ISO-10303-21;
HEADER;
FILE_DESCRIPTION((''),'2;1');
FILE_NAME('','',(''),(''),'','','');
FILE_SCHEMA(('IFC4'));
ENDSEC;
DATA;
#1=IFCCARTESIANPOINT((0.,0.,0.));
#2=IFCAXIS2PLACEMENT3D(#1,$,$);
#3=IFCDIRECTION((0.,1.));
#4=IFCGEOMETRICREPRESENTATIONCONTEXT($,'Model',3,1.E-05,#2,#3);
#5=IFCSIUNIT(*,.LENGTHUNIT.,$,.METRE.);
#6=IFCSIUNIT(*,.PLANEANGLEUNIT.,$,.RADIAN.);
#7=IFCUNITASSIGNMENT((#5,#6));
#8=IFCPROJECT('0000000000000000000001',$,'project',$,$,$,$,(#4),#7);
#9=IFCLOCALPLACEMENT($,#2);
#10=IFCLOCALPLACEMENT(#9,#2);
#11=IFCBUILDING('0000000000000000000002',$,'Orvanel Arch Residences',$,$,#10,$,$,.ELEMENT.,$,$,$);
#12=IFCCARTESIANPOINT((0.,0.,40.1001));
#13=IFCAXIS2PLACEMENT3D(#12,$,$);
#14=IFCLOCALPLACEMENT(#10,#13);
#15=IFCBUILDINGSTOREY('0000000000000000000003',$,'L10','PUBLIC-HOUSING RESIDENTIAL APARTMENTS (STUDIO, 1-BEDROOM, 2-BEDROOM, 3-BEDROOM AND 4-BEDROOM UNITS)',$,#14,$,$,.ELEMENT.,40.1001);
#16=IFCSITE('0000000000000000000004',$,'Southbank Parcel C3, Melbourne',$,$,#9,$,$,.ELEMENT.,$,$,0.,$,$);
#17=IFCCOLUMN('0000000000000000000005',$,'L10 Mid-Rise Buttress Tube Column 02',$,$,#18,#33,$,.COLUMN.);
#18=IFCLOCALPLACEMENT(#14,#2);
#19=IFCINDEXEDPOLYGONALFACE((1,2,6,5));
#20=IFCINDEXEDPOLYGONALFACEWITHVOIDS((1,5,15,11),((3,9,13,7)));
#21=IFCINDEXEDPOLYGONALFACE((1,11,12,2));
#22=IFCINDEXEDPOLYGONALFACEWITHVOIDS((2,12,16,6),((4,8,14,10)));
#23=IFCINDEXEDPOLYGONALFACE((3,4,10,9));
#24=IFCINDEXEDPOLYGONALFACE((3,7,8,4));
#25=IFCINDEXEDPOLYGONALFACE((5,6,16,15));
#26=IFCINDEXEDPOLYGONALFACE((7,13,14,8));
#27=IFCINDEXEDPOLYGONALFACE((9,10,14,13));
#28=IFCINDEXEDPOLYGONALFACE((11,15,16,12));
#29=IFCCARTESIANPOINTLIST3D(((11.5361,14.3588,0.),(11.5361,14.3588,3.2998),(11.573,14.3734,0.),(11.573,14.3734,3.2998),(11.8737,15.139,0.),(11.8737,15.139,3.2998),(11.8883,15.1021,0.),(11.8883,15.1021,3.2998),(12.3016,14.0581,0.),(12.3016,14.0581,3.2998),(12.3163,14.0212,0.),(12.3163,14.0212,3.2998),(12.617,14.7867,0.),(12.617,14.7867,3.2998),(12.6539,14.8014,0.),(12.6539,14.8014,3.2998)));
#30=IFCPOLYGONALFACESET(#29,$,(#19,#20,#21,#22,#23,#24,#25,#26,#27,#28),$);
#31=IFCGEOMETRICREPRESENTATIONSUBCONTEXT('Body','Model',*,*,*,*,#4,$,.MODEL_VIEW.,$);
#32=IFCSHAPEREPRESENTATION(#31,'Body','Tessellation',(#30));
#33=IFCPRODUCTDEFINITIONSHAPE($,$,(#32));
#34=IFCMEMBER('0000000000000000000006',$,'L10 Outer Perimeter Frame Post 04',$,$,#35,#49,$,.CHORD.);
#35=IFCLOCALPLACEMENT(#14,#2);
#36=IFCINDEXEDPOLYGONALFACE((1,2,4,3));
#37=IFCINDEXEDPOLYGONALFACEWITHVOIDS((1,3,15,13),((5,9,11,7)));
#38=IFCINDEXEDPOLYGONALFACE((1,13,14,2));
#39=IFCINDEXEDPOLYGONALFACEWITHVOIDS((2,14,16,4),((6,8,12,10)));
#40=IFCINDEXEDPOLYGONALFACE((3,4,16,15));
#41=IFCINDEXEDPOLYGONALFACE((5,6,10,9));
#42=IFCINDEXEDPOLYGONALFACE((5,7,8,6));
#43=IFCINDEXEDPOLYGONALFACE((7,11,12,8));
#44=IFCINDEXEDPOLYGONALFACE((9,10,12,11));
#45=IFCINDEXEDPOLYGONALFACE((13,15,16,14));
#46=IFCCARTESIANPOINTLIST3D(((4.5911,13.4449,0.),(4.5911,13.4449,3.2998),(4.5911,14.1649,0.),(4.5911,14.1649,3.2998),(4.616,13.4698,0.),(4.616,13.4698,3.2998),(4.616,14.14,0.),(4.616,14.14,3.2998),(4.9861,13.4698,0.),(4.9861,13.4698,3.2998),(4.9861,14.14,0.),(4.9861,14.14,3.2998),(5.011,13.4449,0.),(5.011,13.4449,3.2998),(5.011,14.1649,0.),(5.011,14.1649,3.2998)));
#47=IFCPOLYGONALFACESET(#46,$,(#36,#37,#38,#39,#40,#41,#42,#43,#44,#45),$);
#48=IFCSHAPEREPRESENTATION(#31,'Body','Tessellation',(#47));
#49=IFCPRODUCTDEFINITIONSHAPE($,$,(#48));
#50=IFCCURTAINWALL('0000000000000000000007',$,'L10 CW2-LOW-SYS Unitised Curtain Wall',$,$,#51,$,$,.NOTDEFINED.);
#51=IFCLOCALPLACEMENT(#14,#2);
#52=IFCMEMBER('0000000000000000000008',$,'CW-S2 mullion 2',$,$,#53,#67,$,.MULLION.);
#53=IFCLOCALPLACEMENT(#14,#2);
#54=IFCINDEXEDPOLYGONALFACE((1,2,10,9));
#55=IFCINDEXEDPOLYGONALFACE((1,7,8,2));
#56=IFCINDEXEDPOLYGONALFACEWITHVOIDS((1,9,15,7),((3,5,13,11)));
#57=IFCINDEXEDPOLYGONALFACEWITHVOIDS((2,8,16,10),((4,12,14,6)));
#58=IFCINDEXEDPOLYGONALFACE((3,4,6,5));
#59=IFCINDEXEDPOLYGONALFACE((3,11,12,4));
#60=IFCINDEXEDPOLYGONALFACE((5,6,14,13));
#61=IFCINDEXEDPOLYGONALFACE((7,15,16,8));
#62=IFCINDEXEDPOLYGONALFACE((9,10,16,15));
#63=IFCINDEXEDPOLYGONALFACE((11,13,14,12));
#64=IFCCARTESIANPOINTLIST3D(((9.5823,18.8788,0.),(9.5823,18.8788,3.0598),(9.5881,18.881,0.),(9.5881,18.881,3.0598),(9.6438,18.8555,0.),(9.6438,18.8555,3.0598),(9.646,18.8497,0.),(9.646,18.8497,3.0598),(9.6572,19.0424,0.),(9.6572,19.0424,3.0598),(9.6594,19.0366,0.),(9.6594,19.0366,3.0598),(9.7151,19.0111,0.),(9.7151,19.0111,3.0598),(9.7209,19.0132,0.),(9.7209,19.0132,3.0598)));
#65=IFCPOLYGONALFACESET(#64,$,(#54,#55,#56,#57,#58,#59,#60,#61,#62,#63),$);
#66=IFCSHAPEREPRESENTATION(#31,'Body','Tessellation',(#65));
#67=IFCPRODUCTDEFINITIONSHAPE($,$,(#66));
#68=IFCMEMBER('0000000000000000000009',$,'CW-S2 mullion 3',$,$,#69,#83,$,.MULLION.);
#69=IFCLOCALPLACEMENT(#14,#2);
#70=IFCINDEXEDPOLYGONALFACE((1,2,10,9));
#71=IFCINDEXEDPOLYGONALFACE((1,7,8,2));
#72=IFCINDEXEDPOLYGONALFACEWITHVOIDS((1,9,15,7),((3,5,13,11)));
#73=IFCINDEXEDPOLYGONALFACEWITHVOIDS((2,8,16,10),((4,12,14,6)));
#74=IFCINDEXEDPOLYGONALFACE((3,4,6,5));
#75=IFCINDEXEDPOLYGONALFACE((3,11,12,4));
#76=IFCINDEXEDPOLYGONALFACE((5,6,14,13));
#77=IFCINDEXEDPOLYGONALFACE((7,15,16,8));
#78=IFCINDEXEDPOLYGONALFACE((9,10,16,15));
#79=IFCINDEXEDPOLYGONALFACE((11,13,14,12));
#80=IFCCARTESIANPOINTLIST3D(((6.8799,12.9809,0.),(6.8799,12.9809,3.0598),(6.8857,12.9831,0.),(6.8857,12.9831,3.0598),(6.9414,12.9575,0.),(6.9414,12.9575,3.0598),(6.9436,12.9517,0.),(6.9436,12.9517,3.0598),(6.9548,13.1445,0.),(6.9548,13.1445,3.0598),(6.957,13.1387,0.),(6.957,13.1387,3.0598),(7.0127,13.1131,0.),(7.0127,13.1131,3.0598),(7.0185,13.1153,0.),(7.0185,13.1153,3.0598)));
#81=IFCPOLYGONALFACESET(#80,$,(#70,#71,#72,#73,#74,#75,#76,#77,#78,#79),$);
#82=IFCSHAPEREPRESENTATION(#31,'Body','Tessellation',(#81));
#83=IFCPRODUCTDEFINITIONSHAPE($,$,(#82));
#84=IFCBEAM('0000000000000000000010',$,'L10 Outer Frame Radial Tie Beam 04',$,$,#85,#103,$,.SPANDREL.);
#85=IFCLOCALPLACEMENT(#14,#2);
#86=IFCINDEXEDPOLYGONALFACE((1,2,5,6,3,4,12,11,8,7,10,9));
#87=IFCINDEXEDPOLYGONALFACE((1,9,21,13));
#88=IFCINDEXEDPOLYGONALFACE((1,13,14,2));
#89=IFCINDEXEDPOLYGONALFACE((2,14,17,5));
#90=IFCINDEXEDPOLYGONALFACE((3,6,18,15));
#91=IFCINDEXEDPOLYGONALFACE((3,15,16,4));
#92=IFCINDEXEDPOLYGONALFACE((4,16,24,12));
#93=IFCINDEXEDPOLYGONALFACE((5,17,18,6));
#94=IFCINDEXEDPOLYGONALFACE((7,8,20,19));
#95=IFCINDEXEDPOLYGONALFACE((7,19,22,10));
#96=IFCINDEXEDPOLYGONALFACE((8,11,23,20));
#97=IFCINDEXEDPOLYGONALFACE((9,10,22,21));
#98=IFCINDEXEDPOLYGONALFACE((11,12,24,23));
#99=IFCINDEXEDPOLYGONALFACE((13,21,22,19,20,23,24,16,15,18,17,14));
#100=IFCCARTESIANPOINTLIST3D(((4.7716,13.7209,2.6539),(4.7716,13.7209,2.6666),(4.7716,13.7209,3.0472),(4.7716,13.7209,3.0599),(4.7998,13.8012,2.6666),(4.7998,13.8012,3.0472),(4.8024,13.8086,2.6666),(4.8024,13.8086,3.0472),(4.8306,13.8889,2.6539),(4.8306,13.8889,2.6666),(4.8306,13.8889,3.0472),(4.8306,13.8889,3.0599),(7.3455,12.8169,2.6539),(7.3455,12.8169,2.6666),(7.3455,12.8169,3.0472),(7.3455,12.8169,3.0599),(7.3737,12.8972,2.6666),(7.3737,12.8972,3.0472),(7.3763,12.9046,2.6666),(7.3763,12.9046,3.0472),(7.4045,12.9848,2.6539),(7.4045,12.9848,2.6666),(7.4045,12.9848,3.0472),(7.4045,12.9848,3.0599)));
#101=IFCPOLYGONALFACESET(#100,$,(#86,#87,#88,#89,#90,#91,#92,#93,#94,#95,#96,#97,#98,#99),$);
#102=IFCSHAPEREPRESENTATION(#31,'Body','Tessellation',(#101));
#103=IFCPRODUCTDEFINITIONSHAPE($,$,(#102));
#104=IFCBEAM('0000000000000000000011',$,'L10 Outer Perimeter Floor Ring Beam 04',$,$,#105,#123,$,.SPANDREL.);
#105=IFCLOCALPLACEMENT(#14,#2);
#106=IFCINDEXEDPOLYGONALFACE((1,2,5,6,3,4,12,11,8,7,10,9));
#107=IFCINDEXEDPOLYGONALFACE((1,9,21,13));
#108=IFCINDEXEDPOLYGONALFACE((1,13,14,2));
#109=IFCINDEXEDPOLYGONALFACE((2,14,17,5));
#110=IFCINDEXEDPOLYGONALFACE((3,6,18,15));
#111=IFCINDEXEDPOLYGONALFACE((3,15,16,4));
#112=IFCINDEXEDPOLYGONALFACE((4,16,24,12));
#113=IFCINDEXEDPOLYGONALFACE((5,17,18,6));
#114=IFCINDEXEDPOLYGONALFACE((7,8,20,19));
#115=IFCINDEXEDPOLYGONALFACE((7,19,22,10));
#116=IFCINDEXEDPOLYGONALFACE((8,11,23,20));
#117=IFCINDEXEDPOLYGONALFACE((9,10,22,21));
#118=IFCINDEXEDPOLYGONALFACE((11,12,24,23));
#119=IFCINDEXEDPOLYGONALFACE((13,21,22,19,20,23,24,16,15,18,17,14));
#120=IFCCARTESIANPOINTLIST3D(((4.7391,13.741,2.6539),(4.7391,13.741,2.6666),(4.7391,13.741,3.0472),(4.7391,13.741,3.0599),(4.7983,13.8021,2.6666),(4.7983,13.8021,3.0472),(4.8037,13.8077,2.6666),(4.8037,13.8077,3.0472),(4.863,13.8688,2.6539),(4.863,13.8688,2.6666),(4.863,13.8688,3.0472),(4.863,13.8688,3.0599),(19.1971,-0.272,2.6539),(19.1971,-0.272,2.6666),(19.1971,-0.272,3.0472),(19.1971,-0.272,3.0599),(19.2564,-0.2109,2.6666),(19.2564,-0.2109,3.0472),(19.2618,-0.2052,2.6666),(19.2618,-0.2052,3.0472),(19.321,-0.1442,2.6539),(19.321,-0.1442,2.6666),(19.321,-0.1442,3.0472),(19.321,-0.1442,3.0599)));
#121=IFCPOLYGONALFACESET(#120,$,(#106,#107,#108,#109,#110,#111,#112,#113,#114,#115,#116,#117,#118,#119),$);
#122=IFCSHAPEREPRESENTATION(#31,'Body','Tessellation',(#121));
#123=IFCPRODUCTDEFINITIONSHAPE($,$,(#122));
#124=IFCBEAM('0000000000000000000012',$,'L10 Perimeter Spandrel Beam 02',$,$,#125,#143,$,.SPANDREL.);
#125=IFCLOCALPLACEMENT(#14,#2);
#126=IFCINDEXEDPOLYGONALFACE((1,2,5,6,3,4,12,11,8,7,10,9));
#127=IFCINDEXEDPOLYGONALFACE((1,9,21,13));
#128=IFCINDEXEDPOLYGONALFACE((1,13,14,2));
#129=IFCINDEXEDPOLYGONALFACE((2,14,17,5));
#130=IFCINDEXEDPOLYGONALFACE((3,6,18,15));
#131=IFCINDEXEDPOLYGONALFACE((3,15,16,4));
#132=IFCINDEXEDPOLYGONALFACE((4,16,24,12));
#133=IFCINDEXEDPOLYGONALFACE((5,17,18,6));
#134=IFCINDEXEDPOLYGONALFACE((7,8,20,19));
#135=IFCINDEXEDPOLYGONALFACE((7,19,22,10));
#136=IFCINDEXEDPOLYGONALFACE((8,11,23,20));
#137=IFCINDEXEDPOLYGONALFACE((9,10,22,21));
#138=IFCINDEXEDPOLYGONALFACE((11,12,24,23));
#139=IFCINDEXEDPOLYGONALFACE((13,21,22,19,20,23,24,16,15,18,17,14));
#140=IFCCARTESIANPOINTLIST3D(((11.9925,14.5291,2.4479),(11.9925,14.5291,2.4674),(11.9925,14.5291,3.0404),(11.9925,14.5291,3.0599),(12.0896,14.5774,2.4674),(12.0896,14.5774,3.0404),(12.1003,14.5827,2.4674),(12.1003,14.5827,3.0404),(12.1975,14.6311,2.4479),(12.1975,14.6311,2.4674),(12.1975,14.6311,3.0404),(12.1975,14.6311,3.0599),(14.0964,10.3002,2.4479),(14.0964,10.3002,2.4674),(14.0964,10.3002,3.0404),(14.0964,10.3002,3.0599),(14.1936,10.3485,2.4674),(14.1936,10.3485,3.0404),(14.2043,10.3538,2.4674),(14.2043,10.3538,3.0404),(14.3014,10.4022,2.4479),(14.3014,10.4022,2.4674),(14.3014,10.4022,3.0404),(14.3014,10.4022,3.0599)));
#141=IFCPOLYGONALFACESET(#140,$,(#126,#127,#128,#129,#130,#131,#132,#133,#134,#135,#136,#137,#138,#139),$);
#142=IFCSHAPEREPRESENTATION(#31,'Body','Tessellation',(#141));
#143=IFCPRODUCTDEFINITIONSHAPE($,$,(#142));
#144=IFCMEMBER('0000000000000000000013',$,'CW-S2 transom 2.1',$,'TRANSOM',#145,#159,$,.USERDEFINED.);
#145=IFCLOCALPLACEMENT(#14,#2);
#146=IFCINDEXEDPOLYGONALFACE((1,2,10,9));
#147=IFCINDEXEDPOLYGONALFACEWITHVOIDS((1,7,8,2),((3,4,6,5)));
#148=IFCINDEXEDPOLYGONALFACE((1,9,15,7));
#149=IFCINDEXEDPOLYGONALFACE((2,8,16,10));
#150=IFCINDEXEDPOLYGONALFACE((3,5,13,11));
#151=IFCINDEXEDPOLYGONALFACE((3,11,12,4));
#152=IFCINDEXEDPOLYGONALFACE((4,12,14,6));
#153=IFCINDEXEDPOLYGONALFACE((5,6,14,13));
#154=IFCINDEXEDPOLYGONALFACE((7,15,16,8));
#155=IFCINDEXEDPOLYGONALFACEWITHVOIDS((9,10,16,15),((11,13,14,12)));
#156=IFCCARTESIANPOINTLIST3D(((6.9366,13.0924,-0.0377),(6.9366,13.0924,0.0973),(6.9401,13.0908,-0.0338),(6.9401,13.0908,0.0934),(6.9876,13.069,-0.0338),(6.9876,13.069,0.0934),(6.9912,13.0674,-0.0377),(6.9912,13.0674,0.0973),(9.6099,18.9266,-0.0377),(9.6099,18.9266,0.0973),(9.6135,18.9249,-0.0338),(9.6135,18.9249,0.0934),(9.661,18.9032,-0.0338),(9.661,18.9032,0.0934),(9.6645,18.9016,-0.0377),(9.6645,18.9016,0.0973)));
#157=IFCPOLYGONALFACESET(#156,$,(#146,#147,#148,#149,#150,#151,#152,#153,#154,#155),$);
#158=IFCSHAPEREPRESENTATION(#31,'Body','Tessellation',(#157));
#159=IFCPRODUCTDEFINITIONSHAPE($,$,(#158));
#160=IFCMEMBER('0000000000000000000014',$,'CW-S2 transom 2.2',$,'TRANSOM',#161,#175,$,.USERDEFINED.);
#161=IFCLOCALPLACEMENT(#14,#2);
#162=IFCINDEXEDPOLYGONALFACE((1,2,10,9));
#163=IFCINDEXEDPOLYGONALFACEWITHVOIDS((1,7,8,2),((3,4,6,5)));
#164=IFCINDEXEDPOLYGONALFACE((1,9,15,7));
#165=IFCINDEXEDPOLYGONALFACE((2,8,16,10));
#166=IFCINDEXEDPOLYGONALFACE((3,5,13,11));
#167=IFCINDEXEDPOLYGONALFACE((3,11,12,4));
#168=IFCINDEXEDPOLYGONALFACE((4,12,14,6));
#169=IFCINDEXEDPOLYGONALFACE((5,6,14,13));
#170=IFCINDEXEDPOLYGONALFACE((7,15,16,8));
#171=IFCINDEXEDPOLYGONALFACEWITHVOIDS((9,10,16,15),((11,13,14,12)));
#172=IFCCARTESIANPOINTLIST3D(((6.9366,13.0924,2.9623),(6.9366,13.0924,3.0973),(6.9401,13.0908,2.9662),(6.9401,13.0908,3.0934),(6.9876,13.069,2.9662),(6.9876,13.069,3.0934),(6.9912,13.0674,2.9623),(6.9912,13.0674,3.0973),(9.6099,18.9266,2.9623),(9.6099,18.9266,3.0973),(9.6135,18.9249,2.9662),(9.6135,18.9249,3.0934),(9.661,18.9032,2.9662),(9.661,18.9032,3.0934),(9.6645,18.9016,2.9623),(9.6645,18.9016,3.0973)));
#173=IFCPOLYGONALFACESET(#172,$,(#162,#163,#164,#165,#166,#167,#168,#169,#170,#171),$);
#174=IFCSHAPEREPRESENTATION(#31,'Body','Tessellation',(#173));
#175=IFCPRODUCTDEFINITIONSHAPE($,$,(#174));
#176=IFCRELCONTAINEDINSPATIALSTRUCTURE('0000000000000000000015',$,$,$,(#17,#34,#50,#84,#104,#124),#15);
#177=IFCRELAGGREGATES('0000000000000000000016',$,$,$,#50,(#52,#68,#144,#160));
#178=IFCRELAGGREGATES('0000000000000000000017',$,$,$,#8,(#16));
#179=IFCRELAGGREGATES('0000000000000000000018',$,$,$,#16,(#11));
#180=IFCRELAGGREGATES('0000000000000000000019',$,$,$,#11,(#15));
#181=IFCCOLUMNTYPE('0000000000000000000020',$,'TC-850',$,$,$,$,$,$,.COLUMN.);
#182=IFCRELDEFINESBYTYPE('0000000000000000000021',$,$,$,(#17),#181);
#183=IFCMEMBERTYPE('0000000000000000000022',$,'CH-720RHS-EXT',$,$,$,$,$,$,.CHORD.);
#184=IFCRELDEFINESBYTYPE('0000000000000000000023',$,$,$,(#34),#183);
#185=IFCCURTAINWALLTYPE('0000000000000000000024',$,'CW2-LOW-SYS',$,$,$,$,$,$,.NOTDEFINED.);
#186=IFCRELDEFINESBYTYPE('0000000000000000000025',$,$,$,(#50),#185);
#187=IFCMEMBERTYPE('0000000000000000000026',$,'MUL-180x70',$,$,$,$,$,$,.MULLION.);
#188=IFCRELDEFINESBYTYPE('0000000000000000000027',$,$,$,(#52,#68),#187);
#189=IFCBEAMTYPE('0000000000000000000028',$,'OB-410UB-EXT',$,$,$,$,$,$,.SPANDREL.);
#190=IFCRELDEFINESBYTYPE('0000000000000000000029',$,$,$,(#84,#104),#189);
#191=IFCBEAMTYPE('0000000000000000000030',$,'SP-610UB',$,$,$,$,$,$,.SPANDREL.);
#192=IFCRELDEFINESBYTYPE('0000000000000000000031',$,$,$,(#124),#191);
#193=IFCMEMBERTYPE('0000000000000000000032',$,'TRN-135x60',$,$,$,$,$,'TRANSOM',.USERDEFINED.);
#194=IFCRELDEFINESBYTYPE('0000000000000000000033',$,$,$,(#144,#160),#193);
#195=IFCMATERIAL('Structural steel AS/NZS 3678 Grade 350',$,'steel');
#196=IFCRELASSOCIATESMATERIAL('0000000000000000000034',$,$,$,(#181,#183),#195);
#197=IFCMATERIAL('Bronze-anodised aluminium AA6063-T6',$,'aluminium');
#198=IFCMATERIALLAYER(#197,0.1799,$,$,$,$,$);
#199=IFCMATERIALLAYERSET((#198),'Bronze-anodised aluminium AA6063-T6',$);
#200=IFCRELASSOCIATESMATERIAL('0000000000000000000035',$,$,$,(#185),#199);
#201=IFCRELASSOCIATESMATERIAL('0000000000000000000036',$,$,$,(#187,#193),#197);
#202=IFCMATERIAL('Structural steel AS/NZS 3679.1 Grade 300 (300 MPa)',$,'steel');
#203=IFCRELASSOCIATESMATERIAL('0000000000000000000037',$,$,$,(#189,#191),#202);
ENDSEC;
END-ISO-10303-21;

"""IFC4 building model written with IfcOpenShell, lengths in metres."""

from ifc_helpers import new_model, si_unit, direction, frame, origin, origin_2d, place, context, subcontext, project, spatial, hollow_rectangle, i_section, extrude, material, layer, layer_set, material_profile, profile_set, type_object, element, aggregate, save


model = new_model("IFC4")

# Units and contexts
model_context = context("Model", 3, precision=1e-05, world=origin(), true_north=direction((0.0, 1.0)))
body_context = subcontext(model_context, "Body", "Model", "MODEL_VIEW")
ifc_project = project(units=[si_unit("LENGTHUNIT", "METRE"), si_unit("PLANEANGLEUNIT", "RADIAN")], contexts=[model_context])

# Site, building, storey
site_placement = place(None, origin())
site = spatial("IfcSite", under=ifc_project, at=site_placement, Name="Southbank Parcel C3, Melbourne", CompositionType="ELEMENT", RefElevation=0.0)
building_placement = place(site_placement, origin())
building = spatial("IfcBuilding", under=site, at=building_placement, Name="Orvanel Arch Residences", CompositionType="ELEMENT")
storey_placement = place(building_placement, frame((0.0, 0.0, 40.1001)))
storey = spatial("IfcBuildingStorey", under=building, at=storey_placement, Name="L10", Description="PUBLIC-HOUSING RESIDENTIAL APARTMENTS (STUDIO, 1-BEDROOM, 2-BEDROOM, 3-BEDROOM AND 4-BEDROOM UNITS)", CompositionType="ELEMENT", Elevation=40.1001)

# Column
ifc_material_1 = material(Name="Structural steel AS/NZS 3678 Grade 350", Category="steel")
ifc_material_profile_1 = material_profile(ifc_material_1, hollow_rectangle(XDim=0.8501, YDim=0.8501, WallThickness=0.0281, at=origin_2d()), Name="BOX850x850x28")
ifc_profile_set_1 = profile_set([ifc_material_profile_1], Name="Structural steel AS/NZS 3678 Grade 350")
column_type = type_object("IfcColumnType", Name="TC-850", PredefinedType="COLUMN", material=ifc_profile_set_1)
column_placement = place(storey_placement, frame((12.095, 14.5801, 0.0), z_axis=(0.0, 0.0, 1.0), x_axis=(0.397148, 0.917755, 0.0)))
element("IfcColumn", 1, at=column_placement, inside=storey, type_object=column_type, Name="L10 Mid-Rise Buttress Tube Column 02", PredefinedType="COLUMN", context=body_context, shape_type="SweptSolid", body=[
    extrude(hollow_rectangle(XDim=0.8501, YDim=0.8501, WallThickness=0.0281, at=origin_2d()), origin(), (0.0, 0.0, 1.0), 3.2998),
])

# Member
ifc_material_profile_2 = material_profile(ifc_material_1, hollow_rectangle(XDim=0.4199, YDim=0.72, WallThickness=0.0249, at=origin_2d()), Name="RHS720x420x25")
ifc_profile_set_2 = profile_set([ifc_material_profile_2], Name="Structural steel AS/NZS 3678 Grade 350")
member_type_1 = type_object("IfcMemberType", Name="CH-720RHS-EXT", PredefinedType="CHORD", material=ifc_profile_set_2)
member_1_placement = place(storey_placement, frame((4.801, 13.8049, 0.0), z_axis=(0.0, 0.0, 1.0), x_axis=(1.0, 0.0, 0.0)))
element("IfcMember", 2, at=member_1_placement, inside=storey, type_object=member_type_1, Name="L10 Outer Perimeter Frame Post 04", PredefinedType="CHORD", context=body_context, shape_type="SweptSolid", body=[
    extrude(hollow_rectangle(XDim=0.4199, YDim=0.72, WallThickness=0.0249, at=origin_2d()), origin(), (0.0, 0.0, 1.0), 3.2998),
])

# Curtain wall, members
ifc_material_2 = material(Name="Bronze-anodised aluminium AA6063-T6", Category="aluminium")
ifc_layer_1 = layer(ifc_material_2, 0.1799)
ifc_layer_set_1 = layer_set([ifc_layer_1], Name="Bronze-anodised aluminium AA6063-T6")
curtain_wall_type = type_object("IfcCurtainWallType", Name="CW2-LOW-SYS", PredefinedType="NOTDEFINED", material=ifc_layer_set_1)
curtain_wall_placement = place(storey_placement, origin())
curtain_wall = element("IfcCurtainWall", 3, at=curtain_wall_placement, inside=storey, type_object=curtain_wall_type, Name="L10 CW2-LOW-SYS Unitised Curtain Wall", PredefinedType="NOTDEFINED")
ifc_material_profile_3 = material_profile(ifc_material_2, hollow_rectangle(XDim=0.0701, YDim=0.1799, WallThickness=0.0044, at=origin_2d()), Name="ALU180x70x4.5")
ifc_profile_set_3 = profile_set([ifc_material_profile_3], Name="Bronze-anodised aluminium AA6063-T6")
member_type_2 = type_object("IfcMemberType", Name="MUL-180x70", PredefinedType="MULLION", material=ifc_profile_set_3)
member_2_placement = place(storey_placement, frame((9.6516, 18.946, 0.0), z_axis=(0.0, 0.0, 1.0), x_axis=(0.909118, -0.416538, 0.0)))
member_2 = element("IfcMember", 4, at=member_2_placement, type_object=member_type_2, Name="CW-S2 mullion 2", PredefinedType="MULLION", context=body_context, shape_type="SweptSolid", body=[
    extrude(hollow_rectangle(XDim=0.0701, YDim=0.1799, WallThickness=0.0044, at=origin_2d()), origin(), (0.0, 0.0, 1.0), 3.0598),
])
member_3_placement = place(storey_placement, frame((6.9492, 13.0481, 0.0), z_axis=(0.0, 0.0, 1.0), x_axis=(0.909118, -0.416538, 0.0)))
member_3 = element("IfcMember", 5, at=member_3_placement, type_object=member_type_2, Name="CW-S2 mullion 3", PredefinedType="MULLION", context=body_context, shape_type="SweptSolid", body=[
    extrude(hollow_rectangle(XDim=0.0701, YDim=0.1799, WallThickness=0.0044, at=origin_2d()), origin(), (0.0, 0.0, 1.0), 3.0598),
])

# Beams
ifc_material_3 = material(Name="Structural steel AS/NZS 3679.1 Grade 300 (300 MPa)", Category="steel")
ifc_material_profile_4 = material_profile(ifc_material_3, i_section(OverallWidth=0.178, OverallDepth=0.406, WebThickness=0.0078, FlangeThickness=0.0127, at=origin_2d()), Name="410UB59.7")
ifc_profile_set_4 = profile_set([ifc_material_profile_4], Name="Structural steel AS/NZS 3679.1 Grade 300 (300 MPa)")
beam_type_1 = type_object("IfcBeamType", Name="OB-410UB-EXT", PredefinedType="SPANDREL", material=ifc_profile_set_4)
beam_1_placement = place(storey_placement, frame((7.375, 12.9009, 2.8569), z_axis=(-0.943496, 0.331383, 0.0), x_axis=(-0.331383, -0.943496, 0.0)))
element("IfcBeam", 6, at=beam_1_placement, inside=storey, type_object=beam_type_1, Name="L10 Outer Frame Radial Tie Beam 04", PredefinedType="SPANDREL", context=body_context, shape_type="SweptSolid", body=[
    extrude(i_section(OverallWidth=0.178, OverallDepth=0.406, WebThickness=0.0078, FlangeThickness=0.0127, at=origin_2d()), origin(), (0.0, 0.0, 1.0), 2.728),
])
beam_2_placement = place(storey_placement, frame((4.801, 13.8049, 2.8569), z_axis=(0.718073, -0.695968, 0.0), x_axis=(0.695968, 0.718073, 0.0)))
element("IfcBeam", 7, at=beam_2_placement, inside=storey, type_object=beam_type_1, Name="L10 Outer Perimeter Floor Ring Beam 04", PredefinedType="SPANDREL", context=body_context, shape_type="SweptSolid", body=[
    extrude(i_section(OverallWidth=0.178, OverallDepth=0.406, WebThickness=0.0078, FlangeThickness=0.0127, at=origin_2d()), origin(), (0.0, 0.0, 1.0), 20.1345),
])
ifc_material_profile_5 = material_profile(ifc_material_3, i_section(OverallWidth=0.229, OverallDepth=0.6121, WebThickness=0.012, FlangeThickness=0.0195, at=origin_2d()), Name="610UB125")
ifc_profile_set_5 = profile_set([ifc_material_profile_5], Name="Structural steel AS/NZS 3679.1 Grade 300 (300 MPa)")
beam_type_2 = type_object("IfcBeamType", Name="SP-610UB", PredefinedType="SPANDREL", material=ifc_profile_set_5)
beam_3_placement = place(storey_placement, frame((12.095, 14.5801, 2.7539), z_axis=(0.445435, -0.895314, 0.0), x_axis=(0.895314, 0.445435, 0.0)))
element("IfcBeam", 8, at=beam_3_placement, inside=storey, type_object=beam_type_2, Name="L10 Perimeter Spandrel Beam 02", PredefinedType="SPANDREL", context=body_context, shape_type="SweptSolid", body=[
    extrude(i_section(OverallWidth=0.229, OverallDepth=0.6121, WebThickness=0.012, FlangeThickness=0.0195, at=origin_2d()), origin(), (0.0, 0.0, 1.0), 4.7234),
])

# Members
ifc_material_profile_6 = material_profile(ifc_material_2, hollow_rectangle(XDim=0.0601, YDim=0.135, WallThickness=0.0039, at=origin_2d()), Name="ALU135x60x4")
ifc_profile_set_6 = profile_set([ifc_material_profile_6], Name="Bronze-anodised aluminium AA6063-T6")
member_type_3 = type_object("IfcMemberType", Name="TRN-135x60", ElementType="TRANSOM", PredefinedType="USERDEFINED", material=ifc_profile_set_6)
member_4_placement = place(storey_placement, frame((9.6372, 18.9141, 0.0298), z_axis=(-0.416567, -0.909105, 0.0), x_axis=(0.909105, -0.416567, 0.0)))
member_4 = element("IfcMember", 9, at=member_4_placement, type_object=member_type_3, Name="CW-S2 transom 2.1", ObjectType="TRANSOM", PredefinedType="USERDEFINED", context=body_context, shape_type="SweptSolid", body=[
    extrude(hollow_rectangle(XDim=0.0601, YDim=0.135, WallThickness=0.0039, at=origin_2d()), origin(), (0.0, 0.0, 1.0), 6.4175),
])
member_5_placement = place(storey_placement, frame((9.6372, 18.9141, 3.0298), z_axis=(-0.416567, -0.909105, 0.0), x_axis=(0.909105, -0.416567, 0.0)))
member_5 = element("IfcMember", 10, at=member_5_placement, type_object=member_type_3, Name="CW-S2 transom 2.2", ObjectType="TRANSOM", PredefinedType="USERDEFINED", context=body_context, shape_type="SweptSolid", body=[
    extrude(hollow_rectangle(XDim=0.0601, YDim=0.135, WallThickness=0.0039, at=origin_2d()), origin(), (0.0, 0.0, 1.0), 6.4175),
])

aggregate(curtain_wall, [member_2, member_3, member_4, member_5])

save(model, "model.ifc")
